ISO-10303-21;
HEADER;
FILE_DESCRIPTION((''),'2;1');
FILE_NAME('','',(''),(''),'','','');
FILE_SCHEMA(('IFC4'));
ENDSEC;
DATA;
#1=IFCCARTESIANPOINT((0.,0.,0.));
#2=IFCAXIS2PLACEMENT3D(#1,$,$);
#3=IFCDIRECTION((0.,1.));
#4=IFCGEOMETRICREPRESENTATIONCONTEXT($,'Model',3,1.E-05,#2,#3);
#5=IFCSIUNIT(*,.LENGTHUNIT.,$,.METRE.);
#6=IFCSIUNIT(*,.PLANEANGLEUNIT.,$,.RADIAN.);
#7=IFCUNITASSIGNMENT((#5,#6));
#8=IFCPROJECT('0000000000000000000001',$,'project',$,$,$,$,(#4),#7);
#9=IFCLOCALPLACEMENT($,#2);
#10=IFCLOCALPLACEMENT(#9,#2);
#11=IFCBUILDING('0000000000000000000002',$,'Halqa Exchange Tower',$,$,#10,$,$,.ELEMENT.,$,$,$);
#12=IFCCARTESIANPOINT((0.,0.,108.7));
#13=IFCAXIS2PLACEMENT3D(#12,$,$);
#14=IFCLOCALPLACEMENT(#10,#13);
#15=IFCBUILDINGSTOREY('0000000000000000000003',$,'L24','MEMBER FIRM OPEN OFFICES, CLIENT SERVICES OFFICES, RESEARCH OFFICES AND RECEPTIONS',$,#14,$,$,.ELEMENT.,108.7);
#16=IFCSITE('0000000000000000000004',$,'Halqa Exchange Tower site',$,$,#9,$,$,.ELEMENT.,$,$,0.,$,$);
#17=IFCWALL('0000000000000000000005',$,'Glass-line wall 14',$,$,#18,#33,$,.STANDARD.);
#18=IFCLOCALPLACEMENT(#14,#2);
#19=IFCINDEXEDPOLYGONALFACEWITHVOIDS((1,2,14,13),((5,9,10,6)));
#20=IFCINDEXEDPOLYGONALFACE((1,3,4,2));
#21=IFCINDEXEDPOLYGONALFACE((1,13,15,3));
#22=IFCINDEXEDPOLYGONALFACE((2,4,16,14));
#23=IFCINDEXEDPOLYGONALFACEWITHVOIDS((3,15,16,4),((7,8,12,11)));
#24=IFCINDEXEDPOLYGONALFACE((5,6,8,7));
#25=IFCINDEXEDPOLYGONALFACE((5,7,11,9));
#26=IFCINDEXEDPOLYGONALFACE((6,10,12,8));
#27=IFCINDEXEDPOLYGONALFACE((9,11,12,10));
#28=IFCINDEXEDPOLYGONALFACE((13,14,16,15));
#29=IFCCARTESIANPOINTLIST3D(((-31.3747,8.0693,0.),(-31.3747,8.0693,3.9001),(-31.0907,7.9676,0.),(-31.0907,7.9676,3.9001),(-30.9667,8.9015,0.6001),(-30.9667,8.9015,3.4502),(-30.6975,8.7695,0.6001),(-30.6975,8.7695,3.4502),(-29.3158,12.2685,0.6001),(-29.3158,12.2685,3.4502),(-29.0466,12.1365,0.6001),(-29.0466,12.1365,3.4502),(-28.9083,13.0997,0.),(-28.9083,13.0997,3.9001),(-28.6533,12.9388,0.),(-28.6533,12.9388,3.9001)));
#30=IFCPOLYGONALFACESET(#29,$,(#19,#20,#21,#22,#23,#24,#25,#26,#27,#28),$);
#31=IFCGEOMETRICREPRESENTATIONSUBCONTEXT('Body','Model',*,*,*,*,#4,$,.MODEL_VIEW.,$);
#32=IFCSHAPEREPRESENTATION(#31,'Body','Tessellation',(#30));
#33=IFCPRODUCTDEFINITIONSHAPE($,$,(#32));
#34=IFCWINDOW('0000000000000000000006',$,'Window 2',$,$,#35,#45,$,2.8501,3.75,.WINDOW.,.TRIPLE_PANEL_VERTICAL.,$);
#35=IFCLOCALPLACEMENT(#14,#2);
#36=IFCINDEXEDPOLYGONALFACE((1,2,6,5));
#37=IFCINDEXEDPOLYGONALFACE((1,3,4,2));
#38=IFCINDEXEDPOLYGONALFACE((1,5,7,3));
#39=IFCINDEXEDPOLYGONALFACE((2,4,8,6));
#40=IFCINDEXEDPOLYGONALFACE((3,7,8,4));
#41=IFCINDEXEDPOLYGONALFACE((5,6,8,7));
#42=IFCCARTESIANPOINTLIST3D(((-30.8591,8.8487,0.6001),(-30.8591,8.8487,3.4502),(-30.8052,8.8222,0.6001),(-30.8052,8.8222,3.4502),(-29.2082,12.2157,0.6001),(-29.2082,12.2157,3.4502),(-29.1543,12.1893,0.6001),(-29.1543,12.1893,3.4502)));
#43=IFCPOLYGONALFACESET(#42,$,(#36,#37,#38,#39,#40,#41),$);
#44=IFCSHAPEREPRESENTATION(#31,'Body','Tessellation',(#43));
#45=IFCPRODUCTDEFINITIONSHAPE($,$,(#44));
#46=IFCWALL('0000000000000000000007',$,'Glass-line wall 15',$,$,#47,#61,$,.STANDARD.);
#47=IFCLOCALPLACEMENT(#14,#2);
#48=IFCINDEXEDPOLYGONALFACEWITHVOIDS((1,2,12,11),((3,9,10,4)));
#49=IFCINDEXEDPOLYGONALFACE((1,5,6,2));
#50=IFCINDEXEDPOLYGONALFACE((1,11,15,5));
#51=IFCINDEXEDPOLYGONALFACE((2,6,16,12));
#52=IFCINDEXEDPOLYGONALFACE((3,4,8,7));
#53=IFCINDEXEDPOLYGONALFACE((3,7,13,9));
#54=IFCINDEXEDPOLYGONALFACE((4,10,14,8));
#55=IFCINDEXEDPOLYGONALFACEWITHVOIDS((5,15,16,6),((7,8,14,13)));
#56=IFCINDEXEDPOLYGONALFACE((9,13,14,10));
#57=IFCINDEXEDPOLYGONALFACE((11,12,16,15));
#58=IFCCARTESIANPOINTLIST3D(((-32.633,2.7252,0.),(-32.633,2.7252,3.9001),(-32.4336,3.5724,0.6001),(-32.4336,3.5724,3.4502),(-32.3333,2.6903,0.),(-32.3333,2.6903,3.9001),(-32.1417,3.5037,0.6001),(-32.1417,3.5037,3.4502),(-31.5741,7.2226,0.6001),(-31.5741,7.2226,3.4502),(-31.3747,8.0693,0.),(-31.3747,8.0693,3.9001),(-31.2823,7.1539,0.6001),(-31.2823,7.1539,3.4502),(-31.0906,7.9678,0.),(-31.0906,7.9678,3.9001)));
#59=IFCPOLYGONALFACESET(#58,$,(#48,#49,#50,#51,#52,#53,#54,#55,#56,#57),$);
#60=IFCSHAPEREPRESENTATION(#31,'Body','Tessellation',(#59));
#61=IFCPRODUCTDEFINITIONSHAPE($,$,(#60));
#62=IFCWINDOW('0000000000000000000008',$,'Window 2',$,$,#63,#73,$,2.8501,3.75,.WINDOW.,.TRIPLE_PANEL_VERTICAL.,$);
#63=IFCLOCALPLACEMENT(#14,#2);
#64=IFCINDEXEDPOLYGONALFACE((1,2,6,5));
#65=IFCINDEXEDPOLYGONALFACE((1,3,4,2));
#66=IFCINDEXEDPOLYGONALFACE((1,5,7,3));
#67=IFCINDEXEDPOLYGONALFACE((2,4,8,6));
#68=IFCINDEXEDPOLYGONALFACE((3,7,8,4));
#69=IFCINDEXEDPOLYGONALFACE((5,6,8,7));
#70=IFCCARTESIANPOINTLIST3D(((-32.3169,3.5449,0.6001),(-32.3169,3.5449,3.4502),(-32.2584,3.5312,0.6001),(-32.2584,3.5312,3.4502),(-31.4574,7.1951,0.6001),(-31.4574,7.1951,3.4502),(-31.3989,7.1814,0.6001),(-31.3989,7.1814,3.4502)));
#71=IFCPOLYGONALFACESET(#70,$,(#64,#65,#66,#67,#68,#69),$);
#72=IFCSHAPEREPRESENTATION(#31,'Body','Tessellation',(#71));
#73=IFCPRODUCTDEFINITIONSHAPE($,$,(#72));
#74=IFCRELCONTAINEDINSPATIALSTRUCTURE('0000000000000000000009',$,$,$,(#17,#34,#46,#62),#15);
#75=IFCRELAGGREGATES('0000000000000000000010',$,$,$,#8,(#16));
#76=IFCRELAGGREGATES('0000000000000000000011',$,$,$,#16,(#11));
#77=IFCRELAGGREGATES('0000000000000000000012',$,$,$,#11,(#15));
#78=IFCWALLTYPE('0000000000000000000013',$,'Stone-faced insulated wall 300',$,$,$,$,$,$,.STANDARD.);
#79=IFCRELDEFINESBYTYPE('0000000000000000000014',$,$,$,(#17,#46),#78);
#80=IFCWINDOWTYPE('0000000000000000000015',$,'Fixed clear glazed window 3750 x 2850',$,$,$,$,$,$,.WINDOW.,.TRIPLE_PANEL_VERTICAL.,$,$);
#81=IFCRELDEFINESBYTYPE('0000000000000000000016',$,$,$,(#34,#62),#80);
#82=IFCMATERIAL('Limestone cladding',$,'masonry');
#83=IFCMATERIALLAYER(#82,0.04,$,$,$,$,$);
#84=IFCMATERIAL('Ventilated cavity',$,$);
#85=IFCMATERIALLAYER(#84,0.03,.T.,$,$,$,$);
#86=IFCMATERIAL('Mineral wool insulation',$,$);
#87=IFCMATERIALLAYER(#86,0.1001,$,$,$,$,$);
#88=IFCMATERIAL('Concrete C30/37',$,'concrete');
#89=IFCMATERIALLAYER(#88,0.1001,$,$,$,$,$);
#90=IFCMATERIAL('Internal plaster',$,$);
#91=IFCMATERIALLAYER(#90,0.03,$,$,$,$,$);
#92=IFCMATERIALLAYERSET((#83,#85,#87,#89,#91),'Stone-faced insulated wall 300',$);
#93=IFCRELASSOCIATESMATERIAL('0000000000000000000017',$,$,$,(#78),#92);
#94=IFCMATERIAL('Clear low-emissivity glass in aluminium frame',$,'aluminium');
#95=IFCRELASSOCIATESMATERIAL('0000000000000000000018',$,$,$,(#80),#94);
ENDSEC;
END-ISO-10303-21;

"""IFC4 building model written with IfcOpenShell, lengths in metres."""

from ifc_helpers import new_model, si_unit, direction, frame, frame_2d, origin, place, context, subcontext, project, spatial, polyline, rectangle, outline, extrude, material, layer, layer_set, type_object, element, fill, save


model = new_model("IFC4")

# Units and contexts
model_context = context("Model", 3, precision=1e-05, world=origin(), true_north=direction((0.0, 1.0)))
body_context = subcontext(model_context, "Body", "Model", "MODEL_VIEW")
ifc_project = project(units=[si_unit("LENGTHUNIT", "METRE"), si_unit("PLANEANGLEUNIT", "RADIAN")], contexts=[model_context])

# Site, building, storey
site_placement = place(None, origin())
site = spatial("IfcSite", under=ifc_project, at=site_placement, Name="Halqa Exchange Tower site", CompositionType="ELEMENT", RefElevation=0.0)
building_placement = place(site_placement, origin())
building = spatial("IfcBuilding", under=site, at=building_placement, Name="Halqa Exchange Tower", CompositionType="ELEMENT")
storey_placement = place(building_placement, frame((0.0, 0.0, 108.7)))
storey = spatial("IfcBuildingStorey", under=building, at=storey_placement, Name="L24", Description="MEMBER FIRM OPEN OFFICES, CLIENT SERVICES OFFICES, RESEARCH OFFICES AND RECEPTIONS", CompositionType="ELEMENT", Elevation=108.7)

# Walls, openings, windows
ifc_material_1 = material(Name="Limestone cladding", Category="masonry")
ifc_layer_1 = layer(ifc_material_1, 0.04)
ifc_material_2 = material(Name="Ventilated cavity")
ifc_layer_2 = layer(ifc_material_2, 0.03, ventilated=True)
ifc_material_3 = material(Name="Mineral wool insulation")
ifc_layer_3 = layer(ifc_material_3, 0.1001)
ifc_material_4 = material(Name="Concrete C30/37", Category="concrete")
ifc_layer_4 = layer(ifc_material_4, 0.1001)
ifc_material_5 = material(Name="Internal plaster")
ifc_layer_5 = layer(ifc_material_5, 0.03)
ifc_layer_set_1 = layer_set([ifc_layer_1, ifc_layer_2, ifc_layer_3, ifc_layer_4, ifc_layer_5], Name="Stone-faced insulated wall 300")
wall_type_1 = type_object("IfcWallType", Name="Stone-faced insulated wall 300", PredefinedType="STANDARD", material=ifc_layer_set_1)
wall_1_placement = place(storey_placement, frame((-28.7808, 13.0193, 0.0), z_axis=(0.0, 0.0, 1.0), x_axis=(-0.440239, -0.897881, 0.0)))
wall_1 = element("IfcWall", 1, at=wall_1_placement, inside=storey, type_object=wall_type_1, Name="Glass-line wall 14", PredefinedType="STANDARD", context=body_context, shape_type="SweptSolid", body=[
    extrude(outline(polyline([(-0.0161, -0.1499), (5.5864, -0.1499), (5.5527, 0.1499), (0.0161, 0.1499), (-0.0161, -0.1499)])), origin(), (0.0, 0.0, 1.0), 3.9001),
])
opening_1_placement = place(wall_1_placement, frame((0.9097, 0.0, 0.6001)))
opening_1 = element("IfcOpeningElement", 2, at=opening_1_placement, cuts=wall_1, PredefinedType="OPENING", context=body_context, shape_type="SweptSolid", body=[
    extrude(rectangle(XDim=3.75, YDim=2.8501, at=frame_2d((1.875, 1.425))), frame((0.0, 0.1621, 0.0), z_axis=(0.0, -1.0, 0.0), x_axis=(1.0, 0.0, 0.0)), (0.0, 0.0, 1.0), 0.324),
])
ifc_material_6 = material(Name="Clear low-emissivity glass in aluminium frame", Category="aluminium")
window_type = type_object("IfcWindowType", Name="Fixed clear glazed window 3750 x 2850", PartitioningType="TRIPLE_PANEL_VERTICAL", PredefinedType="WINDOW", material=ifc_material_6)
window_1_placement = place(opening_1_placement, origin())
window_1 = element("IfcWindow", 3, at=window_1_placement, inside=storey, type_object=window_type, Name="Window 2", OverallHeight=2.8501, OverallWidth=3.75, PartitioningType="TRIPLE_PANEL_VERTICAL", PredefinedType="WINDOW", context=body_context, shape_type="SweptSolid", body=[
    extrude(rectangle(XDim=3.75, YDim=2.8501, at=frame_2d((1.875, 1.425))), frame((0.0, 0.03, 0.0), z_axis=(0.0, -1.0, 0.0), x_axis=(1.0, 0.0, 0.0)), (0.0, 0.0, 1.0), 0.0601),
])
fill(opening_1, window_1)
wall_2_placement = place(storey_placement, frame((-31.2327, 8.0186, 0.0), z_axis=(0.0, 0.0, 1.0), x_axis=(-0.229194, -0.973381, 0.0)))
wall_2 = element("IfcWall", 4, at=wall_2_placement, inside=storey, type_object=wall_type_1, Name="Glass-line wall 15", PredefinedType="STANDARD", context=body_context, shape_type="SweptSolid", body=[
    extrude(outline(polyline([(-0.0168, -0.1499), (5.4734, -0.1499), (5.4387, 0.1499), (0.0168, 0.1499), (-0.0168, -0.1499)])), origin(), (0.0, 0.0, 1.0), 3.9001),
])
opening_2_placement = place(wall_2_placement, frame((0.853, 0.0, 0.6001)))
opening_2 = element("IfcOpeningElement", 5, at=opening_2_placement, cuts=wall_2, PredefinedType="OPENING", context=body_context, shape_type="SweptSolid", body=[
    extrude(rectangle(XDim=3.75, YDim=2.8501, at=frame_2d((1.875, 1.425))), frame((0.0, 0.1621, 0.0), z_axis=(0.0, -1.0, 0.0), x_axis=(1.0, 0.0, 0.0)), (0.0, 0.0, 1.0), 0.324),
])
window_2_placement = place(opening_2_placement, origin())
window_2 = element("IfcWindow", 6, at=window_2_placement, inside=storey, type_object=window_type, Name="Window 2", OverallHeight=2.8501, OverallWidth=3.75, PartitioningType="TRIPLE_PANEL_VERTICAL", PredefinedType="WINDOW", context=body_context, shape_type="SweptSolid", body=[
    extrude(rectangle(XDim=3.75, YDim=2.8501, at=frame_2d((1.875, 1.425))), frame((0.0, 0.03, 0.0), z_axis=(0.0, -1.0, 0.0), x_axis=(1.0, 0.0, 0.0)), (0.0, 0.0, 1.0), 0.0601),
])
fill(opening_2, window_2)

save(model, "model.ifc")
